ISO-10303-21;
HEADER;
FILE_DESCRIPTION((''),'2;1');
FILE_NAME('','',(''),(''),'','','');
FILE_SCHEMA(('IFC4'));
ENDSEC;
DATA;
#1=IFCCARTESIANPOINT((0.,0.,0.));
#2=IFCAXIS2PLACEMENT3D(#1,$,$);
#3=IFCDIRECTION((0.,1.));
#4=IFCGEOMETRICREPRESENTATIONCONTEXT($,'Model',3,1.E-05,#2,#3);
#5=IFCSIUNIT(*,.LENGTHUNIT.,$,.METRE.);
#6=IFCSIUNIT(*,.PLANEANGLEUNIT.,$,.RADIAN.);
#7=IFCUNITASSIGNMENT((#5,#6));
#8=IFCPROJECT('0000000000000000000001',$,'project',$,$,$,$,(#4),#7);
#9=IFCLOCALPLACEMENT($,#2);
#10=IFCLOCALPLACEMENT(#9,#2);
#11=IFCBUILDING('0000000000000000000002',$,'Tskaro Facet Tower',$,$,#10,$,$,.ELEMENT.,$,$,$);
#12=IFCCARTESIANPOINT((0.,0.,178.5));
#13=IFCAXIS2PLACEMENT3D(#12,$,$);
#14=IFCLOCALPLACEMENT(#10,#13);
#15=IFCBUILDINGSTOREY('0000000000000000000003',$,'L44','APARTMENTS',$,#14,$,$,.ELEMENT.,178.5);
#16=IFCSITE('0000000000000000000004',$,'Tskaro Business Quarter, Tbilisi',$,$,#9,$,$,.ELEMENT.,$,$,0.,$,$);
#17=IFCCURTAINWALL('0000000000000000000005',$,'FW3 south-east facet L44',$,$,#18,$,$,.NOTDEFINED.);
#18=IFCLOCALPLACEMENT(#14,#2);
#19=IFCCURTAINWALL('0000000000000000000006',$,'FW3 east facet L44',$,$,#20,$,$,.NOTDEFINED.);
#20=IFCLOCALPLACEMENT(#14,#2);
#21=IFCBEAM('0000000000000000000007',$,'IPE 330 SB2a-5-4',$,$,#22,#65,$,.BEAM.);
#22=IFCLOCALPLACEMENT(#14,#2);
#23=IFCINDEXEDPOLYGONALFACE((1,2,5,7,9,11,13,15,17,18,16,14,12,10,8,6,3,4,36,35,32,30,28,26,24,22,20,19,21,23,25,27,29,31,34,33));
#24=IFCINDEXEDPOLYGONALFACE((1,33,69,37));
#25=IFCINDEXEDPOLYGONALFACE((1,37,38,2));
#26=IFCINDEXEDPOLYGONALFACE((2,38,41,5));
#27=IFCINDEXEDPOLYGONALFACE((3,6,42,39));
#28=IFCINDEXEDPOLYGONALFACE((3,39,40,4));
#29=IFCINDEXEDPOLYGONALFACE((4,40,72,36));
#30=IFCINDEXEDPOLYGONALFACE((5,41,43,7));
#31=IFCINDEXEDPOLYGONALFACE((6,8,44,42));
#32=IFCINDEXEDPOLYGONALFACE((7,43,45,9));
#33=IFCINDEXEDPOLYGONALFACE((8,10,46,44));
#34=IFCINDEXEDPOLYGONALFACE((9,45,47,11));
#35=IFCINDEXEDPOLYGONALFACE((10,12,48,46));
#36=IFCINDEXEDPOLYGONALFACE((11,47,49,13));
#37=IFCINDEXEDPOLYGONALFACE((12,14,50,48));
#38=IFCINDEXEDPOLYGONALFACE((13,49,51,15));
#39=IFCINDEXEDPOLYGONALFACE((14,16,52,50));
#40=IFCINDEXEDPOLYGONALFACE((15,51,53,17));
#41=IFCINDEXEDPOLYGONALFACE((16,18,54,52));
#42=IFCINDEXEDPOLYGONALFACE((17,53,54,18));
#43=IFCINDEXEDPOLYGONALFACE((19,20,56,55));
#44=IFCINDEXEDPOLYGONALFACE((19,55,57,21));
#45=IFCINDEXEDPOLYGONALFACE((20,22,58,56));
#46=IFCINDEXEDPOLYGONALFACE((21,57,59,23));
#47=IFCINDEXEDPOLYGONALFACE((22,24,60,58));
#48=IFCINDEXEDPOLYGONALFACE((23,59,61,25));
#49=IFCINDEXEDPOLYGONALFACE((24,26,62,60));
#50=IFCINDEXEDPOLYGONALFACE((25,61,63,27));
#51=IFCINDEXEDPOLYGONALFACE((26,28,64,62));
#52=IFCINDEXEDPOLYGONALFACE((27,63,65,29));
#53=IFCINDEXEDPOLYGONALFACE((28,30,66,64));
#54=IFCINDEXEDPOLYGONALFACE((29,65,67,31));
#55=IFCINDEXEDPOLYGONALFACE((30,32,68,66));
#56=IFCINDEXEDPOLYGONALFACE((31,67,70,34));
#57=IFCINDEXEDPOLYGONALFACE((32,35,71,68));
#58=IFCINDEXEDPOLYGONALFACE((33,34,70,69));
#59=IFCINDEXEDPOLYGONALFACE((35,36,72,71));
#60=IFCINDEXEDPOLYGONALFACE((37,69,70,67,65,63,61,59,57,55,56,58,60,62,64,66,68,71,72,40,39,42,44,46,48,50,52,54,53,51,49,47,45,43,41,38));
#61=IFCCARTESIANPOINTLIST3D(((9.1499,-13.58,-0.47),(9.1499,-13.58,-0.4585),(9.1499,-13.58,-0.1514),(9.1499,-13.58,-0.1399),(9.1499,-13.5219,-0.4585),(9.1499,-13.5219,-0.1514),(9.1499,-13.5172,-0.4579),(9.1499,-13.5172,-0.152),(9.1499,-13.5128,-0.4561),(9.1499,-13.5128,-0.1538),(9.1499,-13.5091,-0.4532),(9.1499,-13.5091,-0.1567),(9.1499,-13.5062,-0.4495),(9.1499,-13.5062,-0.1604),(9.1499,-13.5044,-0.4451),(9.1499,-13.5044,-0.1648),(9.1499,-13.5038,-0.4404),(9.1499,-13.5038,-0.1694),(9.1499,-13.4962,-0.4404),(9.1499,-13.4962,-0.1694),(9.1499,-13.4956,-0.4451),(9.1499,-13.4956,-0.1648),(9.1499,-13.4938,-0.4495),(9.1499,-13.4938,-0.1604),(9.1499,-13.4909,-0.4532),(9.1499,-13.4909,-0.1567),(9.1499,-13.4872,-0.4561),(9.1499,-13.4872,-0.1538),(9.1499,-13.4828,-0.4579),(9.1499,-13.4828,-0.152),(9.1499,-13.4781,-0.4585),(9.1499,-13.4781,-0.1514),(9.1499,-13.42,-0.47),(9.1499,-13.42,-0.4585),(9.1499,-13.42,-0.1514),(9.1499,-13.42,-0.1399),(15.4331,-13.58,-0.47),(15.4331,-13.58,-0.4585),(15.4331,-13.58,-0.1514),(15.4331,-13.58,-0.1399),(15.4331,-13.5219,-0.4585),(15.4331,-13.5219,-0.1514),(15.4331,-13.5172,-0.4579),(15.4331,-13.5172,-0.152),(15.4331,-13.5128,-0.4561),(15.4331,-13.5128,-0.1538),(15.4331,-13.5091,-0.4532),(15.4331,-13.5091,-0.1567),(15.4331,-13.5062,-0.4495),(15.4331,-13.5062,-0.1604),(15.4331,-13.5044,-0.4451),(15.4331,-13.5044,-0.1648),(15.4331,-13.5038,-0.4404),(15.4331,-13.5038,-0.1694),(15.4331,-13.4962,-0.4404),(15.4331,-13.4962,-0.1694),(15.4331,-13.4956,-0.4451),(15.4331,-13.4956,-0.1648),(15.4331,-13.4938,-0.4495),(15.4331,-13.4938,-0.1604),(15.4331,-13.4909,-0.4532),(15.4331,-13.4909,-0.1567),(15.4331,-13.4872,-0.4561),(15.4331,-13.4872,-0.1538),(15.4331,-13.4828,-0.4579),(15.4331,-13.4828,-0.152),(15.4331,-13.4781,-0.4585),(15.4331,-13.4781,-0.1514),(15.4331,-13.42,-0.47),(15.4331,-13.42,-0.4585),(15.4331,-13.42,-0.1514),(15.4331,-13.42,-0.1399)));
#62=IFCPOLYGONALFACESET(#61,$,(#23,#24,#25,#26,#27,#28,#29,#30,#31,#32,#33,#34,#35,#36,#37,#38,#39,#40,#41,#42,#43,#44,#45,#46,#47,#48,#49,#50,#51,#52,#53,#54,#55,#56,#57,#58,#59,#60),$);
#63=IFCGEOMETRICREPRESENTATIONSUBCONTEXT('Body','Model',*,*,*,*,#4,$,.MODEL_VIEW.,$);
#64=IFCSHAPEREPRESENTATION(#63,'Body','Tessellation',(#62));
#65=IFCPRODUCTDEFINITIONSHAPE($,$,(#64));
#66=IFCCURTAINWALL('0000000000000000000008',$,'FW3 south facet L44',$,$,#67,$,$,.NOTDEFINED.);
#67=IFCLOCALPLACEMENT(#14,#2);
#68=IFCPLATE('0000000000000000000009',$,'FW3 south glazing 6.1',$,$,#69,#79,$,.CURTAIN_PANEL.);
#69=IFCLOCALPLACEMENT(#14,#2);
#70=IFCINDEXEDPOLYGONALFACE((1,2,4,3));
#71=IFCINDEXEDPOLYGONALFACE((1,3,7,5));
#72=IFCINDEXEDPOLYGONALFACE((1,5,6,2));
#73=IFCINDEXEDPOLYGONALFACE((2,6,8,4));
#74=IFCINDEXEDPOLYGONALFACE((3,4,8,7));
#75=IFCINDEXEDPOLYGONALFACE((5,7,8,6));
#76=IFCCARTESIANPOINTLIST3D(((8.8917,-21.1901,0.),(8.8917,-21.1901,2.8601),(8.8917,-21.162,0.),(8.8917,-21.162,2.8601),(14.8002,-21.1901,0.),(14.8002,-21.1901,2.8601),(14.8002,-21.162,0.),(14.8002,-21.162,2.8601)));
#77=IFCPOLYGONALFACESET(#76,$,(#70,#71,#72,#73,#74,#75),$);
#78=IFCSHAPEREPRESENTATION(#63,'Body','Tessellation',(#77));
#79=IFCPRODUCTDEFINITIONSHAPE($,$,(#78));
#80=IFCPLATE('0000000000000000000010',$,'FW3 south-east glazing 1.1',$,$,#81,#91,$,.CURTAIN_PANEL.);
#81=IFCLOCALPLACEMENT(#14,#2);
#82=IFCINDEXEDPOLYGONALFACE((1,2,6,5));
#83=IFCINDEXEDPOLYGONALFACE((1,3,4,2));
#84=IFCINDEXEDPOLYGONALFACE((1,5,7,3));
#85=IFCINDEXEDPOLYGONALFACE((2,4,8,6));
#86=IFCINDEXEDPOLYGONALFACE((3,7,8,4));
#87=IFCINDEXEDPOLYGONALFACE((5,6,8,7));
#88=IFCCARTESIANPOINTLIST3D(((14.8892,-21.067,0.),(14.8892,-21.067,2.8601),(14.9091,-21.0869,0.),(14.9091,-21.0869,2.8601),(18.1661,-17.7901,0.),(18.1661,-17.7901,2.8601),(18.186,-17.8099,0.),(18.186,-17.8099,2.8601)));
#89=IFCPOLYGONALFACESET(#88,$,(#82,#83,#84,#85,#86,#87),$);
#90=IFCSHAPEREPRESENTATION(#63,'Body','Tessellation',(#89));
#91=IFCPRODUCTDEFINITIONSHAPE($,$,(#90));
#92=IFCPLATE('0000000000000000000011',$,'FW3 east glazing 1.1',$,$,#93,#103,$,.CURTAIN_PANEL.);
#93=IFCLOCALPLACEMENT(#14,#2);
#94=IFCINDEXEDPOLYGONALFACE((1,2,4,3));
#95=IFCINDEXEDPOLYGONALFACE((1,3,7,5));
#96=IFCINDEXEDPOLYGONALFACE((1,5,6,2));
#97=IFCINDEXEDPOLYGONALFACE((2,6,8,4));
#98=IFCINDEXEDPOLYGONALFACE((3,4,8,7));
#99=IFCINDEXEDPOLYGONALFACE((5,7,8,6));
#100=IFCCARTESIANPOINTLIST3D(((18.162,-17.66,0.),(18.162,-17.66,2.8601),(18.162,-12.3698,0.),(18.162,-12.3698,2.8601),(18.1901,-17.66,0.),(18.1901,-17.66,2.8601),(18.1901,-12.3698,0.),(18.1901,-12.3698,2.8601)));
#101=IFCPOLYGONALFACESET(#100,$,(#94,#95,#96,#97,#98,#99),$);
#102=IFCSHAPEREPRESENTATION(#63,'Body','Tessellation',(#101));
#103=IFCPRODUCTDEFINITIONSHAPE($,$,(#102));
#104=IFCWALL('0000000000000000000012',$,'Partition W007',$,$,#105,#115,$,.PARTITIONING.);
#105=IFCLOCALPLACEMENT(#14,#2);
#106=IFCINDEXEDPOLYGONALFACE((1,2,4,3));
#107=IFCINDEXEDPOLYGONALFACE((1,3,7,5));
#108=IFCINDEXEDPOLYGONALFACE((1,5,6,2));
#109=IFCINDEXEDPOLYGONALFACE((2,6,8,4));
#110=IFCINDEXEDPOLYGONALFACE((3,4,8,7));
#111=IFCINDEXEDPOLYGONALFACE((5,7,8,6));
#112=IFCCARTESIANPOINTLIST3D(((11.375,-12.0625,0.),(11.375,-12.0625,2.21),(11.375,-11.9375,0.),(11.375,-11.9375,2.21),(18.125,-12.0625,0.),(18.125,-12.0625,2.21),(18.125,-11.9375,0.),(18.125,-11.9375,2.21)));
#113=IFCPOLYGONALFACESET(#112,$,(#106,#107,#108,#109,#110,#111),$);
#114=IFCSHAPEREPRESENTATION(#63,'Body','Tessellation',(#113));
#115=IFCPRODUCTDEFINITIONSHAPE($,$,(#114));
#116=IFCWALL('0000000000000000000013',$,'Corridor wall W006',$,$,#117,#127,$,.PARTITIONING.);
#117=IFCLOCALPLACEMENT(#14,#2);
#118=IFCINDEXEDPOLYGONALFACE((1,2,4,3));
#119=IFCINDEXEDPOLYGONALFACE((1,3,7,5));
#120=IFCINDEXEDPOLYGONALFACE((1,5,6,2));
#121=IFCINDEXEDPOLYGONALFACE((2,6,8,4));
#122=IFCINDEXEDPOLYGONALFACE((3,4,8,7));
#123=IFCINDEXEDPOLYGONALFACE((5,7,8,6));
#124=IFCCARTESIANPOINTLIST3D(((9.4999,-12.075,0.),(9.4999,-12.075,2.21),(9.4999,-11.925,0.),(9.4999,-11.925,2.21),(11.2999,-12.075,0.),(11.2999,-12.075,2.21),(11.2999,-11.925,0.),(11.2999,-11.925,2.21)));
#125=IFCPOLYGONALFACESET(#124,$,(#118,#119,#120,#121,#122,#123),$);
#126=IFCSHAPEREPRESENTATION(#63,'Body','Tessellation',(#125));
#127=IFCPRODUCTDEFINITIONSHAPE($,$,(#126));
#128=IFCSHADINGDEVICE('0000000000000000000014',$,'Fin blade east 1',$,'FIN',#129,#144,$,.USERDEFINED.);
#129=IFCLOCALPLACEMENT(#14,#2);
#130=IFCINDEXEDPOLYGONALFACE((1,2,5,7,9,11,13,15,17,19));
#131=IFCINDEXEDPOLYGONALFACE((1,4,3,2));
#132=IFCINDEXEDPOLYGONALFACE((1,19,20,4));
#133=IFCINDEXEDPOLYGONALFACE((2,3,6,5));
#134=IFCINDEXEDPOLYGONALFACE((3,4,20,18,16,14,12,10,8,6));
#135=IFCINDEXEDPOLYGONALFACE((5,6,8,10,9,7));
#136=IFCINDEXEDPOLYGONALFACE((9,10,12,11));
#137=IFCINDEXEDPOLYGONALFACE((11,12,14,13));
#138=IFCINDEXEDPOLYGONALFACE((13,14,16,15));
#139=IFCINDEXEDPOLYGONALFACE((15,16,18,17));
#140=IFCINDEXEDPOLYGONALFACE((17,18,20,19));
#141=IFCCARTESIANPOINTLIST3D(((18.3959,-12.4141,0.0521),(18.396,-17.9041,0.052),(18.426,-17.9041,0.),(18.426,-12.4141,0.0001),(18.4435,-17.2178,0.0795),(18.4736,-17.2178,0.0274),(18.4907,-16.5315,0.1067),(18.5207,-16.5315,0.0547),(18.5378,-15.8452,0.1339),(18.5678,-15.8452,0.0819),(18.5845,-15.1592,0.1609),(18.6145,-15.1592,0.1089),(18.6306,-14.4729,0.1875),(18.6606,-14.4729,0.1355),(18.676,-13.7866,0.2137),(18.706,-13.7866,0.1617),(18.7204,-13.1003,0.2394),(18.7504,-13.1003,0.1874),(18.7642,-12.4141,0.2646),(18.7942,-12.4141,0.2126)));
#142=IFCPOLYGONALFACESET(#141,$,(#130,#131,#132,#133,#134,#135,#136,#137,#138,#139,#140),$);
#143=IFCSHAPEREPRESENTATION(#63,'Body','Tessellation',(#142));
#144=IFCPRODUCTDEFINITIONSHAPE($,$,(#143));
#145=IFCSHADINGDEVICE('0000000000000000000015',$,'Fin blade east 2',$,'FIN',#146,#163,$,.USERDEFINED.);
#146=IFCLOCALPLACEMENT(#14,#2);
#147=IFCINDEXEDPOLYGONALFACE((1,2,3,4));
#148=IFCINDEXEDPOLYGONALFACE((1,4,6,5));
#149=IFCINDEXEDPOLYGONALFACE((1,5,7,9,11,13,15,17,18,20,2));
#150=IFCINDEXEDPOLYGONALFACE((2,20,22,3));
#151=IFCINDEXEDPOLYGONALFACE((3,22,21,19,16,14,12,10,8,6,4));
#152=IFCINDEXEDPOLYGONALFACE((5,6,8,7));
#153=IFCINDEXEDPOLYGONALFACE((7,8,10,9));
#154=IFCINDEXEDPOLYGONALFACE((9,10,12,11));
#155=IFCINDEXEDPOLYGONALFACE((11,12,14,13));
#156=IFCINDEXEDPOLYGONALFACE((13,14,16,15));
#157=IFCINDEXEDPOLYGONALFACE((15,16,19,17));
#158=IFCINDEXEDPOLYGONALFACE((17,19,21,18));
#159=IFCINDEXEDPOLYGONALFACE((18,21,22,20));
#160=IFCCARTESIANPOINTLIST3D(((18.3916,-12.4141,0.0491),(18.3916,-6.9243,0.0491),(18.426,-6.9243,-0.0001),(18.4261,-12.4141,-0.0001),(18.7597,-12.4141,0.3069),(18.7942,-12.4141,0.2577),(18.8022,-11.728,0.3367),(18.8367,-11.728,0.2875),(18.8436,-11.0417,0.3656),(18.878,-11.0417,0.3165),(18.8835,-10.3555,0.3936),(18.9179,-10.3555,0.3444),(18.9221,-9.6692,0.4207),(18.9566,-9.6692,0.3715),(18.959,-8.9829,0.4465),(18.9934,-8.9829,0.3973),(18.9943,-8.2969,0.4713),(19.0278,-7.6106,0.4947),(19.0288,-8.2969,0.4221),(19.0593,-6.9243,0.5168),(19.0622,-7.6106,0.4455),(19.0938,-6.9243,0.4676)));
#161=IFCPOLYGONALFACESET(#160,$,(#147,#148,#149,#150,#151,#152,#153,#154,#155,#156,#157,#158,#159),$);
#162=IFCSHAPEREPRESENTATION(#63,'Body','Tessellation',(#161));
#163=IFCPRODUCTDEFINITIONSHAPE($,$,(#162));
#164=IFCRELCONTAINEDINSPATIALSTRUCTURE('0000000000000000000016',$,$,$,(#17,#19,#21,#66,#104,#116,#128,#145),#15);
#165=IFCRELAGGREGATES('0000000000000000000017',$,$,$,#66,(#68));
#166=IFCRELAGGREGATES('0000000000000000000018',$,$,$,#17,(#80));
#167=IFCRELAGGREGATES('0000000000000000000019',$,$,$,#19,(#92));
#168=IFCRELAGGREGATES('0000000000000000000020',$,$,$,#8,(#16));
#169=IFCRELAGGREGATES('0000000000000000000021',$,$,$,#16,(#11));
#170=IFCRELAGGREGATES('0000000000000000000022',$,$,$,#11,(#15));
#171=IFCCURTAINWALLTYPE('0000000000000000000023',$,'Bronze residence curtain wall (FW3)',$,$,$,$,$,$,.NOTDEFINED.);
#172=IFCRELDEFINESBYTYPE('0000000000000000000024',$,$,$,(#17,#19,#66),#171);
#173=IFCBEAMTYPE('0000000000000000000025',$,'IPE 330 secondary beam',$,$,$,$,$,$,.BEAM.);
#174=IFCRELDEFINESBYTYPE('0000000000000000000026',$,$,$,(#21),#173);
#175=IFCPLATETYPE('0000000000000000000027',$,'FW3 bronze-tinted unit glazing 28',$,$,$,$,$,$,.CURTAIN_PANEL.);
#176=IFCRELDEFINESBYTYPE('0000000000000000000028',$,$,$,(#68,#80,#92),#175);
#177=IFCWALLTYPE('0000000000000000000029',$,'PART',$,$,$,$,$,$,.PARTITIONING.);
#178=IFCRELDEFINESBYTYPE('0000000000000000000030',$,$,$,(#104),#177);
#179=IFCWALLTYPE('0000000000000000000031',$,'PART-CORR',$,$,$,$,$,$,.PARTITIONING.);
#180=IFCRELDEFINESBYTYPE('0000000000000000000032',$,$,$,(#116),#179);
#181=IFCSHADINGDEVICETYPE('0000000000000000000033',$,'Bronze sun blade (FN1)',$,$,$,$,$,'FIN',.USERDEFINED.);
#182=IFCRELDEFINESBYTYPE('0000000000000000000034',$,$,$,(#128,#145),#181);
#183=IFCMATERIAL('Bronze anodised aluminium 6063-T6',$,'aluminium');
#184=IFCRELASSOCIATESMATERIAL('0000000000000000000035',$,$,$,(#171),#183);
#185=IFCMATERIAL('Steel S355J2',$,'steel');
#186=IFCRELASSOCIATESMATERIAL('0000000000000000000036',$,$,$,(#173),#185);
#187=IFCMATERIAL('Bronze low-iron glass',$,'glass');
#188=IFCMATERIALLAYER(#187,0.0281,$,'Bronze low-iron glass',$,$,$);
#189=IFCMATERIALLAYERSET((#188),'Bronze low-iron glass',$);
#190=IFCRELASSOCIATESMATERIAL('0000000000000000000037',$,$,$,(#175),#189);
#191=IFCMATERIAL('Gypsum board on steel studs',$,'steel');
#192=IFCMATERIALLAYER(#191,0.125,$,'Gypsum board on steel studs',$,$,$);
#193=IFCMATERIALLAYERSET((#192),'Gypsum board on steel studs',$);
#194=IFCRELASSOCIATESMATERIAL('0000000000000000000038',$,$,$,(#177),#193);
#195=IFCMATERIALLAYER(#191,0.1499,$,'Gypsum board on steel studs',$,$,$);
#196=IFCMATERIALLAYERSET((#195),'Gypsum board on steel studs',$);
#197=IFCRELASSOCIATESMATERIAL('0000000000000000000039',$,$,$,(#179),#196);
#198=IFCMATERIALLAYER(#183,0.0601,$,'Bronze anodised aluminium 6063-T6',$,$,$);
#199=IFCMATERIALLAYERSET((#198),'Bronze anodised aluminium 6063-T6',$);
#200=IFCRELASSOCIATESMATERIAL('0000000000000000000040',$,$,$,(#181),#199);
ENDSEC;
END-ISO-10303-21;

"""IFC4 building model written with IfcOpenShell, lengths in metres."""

from ifc_helpers import new_model, si_unit, direction, frame, frame_2d, origin, origin_2d, place, context, subcontext, project, spatial, polyline, rectangle, i_section, outline, extrude, material, layer, layer_set, material_profile, profile_set, type_object, element, aggregate, save


model = new_model("IFC4")

# Units and contexts
model_context = context("Model", 3, precision=1e-05, world=origin(), true_north=direction((0.0, 1.0)))
body_context = subcontext(model_context, "Body", "Model", "MODEL_VIEW")
ifc_project = project(units=[si_unit("LENGTHUNIT", "METRE"), si_unit("PLANEANGLEUNIT", "RADIAN")], contexts=[model_context])

# Site, building, storey
site_placement = place(None, origin())
site = spatial("IfcSite", under=ifc_project, at=site_placement, Name="Tskaro Business Quarter, Tbilisi", CompositionType="ELEMENT", RefElevation=0.0)
building_placement = place(site_placement, origin())
building = spatial("IfcBuilding", under=site, at=building_placement, Name="Tskaro Facet Tower", CompositionType="ELEMENT")
storey_placement = place(building_placement, frame((0.0, 0.0, 178.5)))
storey = spatial("IfcBuildingStorey", under=building, at=storey_placement, Name="L44", Description="APARTMENTS", CompositionType="ELEMENT", Elevation=178.5)

# Curtain wall
ifc_material_1 = material(Name="Bronze anodised aluminium 6063-T6", Category="aluminium")
curtain_wall_type = type_object("IfcCurtainWallType", Name="Bronze residence curtain wall (FW3)", PredefinedType="NOTDEFINED", material=ifc_material_1)
curtain_wall_1_placement = place(storey_placement, origin())
curtain_wall_1 = element("IfcCurtainWall", 1, at=curtain_wall_1_placement, inside=storey, type_object=curtain_wall_type, Name="FW3 south-east facet L44", PredefinedType="NOTDEFINED")

# Curtain wall
curtain_wall_2_placement = place(storey_placement, origin())
curtain_wall_2 = element("IfcCurtainWall", 2, at=curtain_wall_2_placement, inside=storey, type_object=curtain_wall_type, Name="FW3 east facet L44", PredefinedType="NOTDEFINED")

# Beam
ifc_material_2 = material(Name="Steel S355J2", Category="steel")
ifc_material_profile_1 = material_profile(ifc_material_2, i_section(OverallWidth=0.1599, OverallDepth=0.3301, WebThickness=0.0076, FlangeThickness=0.0115, FilletRadius=0.0181, at=origin_2d()), Name="IPE 330")
ifc_profile_set_1 = profile_set([ifc_material_profile_1], Name="Steel S355J2")
beam_type_1 = type_object("IfcBeamType", Name="IPE 330 secondary beam", PredefinedType="BEAM", material=ifc_profile_set_1)
beam_1_placement = place(storey_placement, frame((9.1499, -13.5, -0.3049), z_axis=(1.0, 0.0, 0.0), x_axis=(0.0, 1.0, 0.0)))
element("IfcBeam", 3, at=beam_1_placement, inside=storey, type_object=beam_type_1, Name="IPE 330 SB2a-5-4", PredefinedType="BEAM", context=body_context, shape_type="SweptSolid", body=[
    extrude(i_section(OverallWidth=0.1599, OverallDepth=0.3301, WebThickness=0.0076, FlangeThickness=0.0115, FilletRadius=0.0181, at=origin_2d()), origin(), (0.0, 0.0, 1.0), 6.2832),
])

# Curtain wall, plate
curtain_wall_3_placement = place(storey_placement, origin())
curtain_wall_3 = element("IfcCurtainWall", 4, at=curtain_wall_3_placement, inside=storey, type_object=curtain_wall_type, Name="FW3 south facet L44", PredefinedType="NOTDEFINED")
ifc_material_3 = material(Name="Bronze low-iron glass", Category="glass")
ifc_layer_1 = layer(ifc_material_3, 0.0281, Name="Bronze low-iron glass")
ifc_layer_set_1 = layer_set([ifc_layer_1], Name="Bronze low-iron glass")
plate_type = type_object("IfcPlateType", Name="FW3 bronze-tinted unit glazing 28", PredefinedType="CURTAIN_PANEL", material=ifc_layer_set_1)
plate_1_placement = place(storey_placement, frame((11.8459, -21.176, 0.0), z_axis=(0.0, 0.0, 1.0), x_axis=(1.0, 0.0, 0.0)))
plate_1 = element("IfcPlate", 5, at=plate_1_placement, type_object=plate_type, Name="FW3 south glazing 6.1", PredefinedType="CURTAIN_PANEL", context=body_context, shape_type="SweptSolid", body=[
    extrude(rectangle(XDim=5.9084, YDim=0.0281, at=origin_2d()), origin(), (0.0, 0.0, 1.0), 2.8601),
])
aggregate(curtain_wall_3, [plate_1])

# Plates
plate_2_placement = place(storey_placement, frame((16.5376, -19.4385, 0.0), z_axis=(0.0, 0.0, 1.0), x_axis=(0.707107, 0.707107, 0.0)))
plate_2 = element("IfcPlate", 6, at=plate_2_placement, type_object=plate_type, Name="FW3 south-east glazing 1.1", PredefinedType="CURTAIN_PANEL", context=body_context, shape_type="SweptSolid", body=[
    extrude(rectangle(XDim=4.6343, YDim=0.0281, at=origin_2d()), origin(), (0.0, 0.0, 1.0), 2.8601),
])
aggregate(curtain_wall_1, [plate_2])
plate_3_placement = place(storey_placement, frame((18.176, -15.0149, 0.0), z_axis=(0.0, 0.0, 1.0), x_axis=(0.0, 1.0, 0.0)))
plate_3 = element("IfcPlate", 7, at=plate_3_placement, type_object=plate_type, Name="FW3 east glazing 1.1", PredefinedType="CURTAIN_PANEL", context=body_context, shape_type="SweptSolid", body=[
    extrude(rectangle(XDim=5.2903, YDim=0.0281, at=origin_2d()), origin(), (0.0, 0.0, 1.0), 2.8601),
])
aggregate(curtain_wall_2, [plate_3])

# Walls
ifc_material_4 = material(Name="Gypsum board on steel studs", Category="steel")
ifc_layer_2 = layer(ifc_material_4, 0.125, Name="Gypsum board on steel studs")
ifc_layer_set_2 = layer_set([ifc_layer_2], Name="Gypsum board on steel studs")
wall_type_1 = type_object("IfcWallType", Name="PART", PredefinedType="PARTITIONING", material=ifc_layer_set_2)
wall_1_placement = place(storey_placement, frame((11.375, -12.0, 0.0), z_axis=(0.0, 0.0, 1.0), x_axis=(1.0, 0.0, 0.0)))
element("IfcWall", 8, at=wall_1_placement, inside=storey, type_object=wall_type_1, Name="Partition W007", PredefinedType="PARTITIONING", context=body_context, shape_type="SweptSolid", body=[
    extrude(rectangle(XDim=6.75, YDim=0.125, at=frame_2d((3.375, 0.0))), origin(), (0.0, 0.0, 1.0), 2.21),
])
ifc_layer_3 = layer(ifc_material_4, 0.1499, Name="Gypsum board on steel studs")
ifc_layer_set_3 = layer_set([ifc_layer_3], Name="Gypsum board on steel studs")
wall_type_2 = type_object("IfcWallType", Name="PART-CORR", PredefinedType="PARTITIONING", material=ifc_layer_set_3)
wall_2_placement = place(storey_placement, frame((9.5, -12.0, 0.0), z_axis=(0.0, 0.0, 1.0), x_axis=(1.0, 0.0, 0.0)))
element("IfcWall", 9, at=wall_2_placement, inside=storey, type_object=wall_type_2, Name="Corridor wall W006", PredefinedType="PARTITIONING", context=body_context, shape_type="SweptSolid", body=[
    extrude(rectangle(XDim=1.8, YDim=0.1499, at=frame_2d((0.8999, 0.0))), origin(), (0.0, 0.0, 1.0), 2.21),
])

# Shading devices
ifc_layer_4 = layer(ifc_material_1, 0.0601, Name="Bronze anodised aluminium 6063-T6")
ifc_layer_set_4 = layer_set([ifc_layer_4], Name="Bronze anodised aluminium 6063-T6")
shading_device_type = type_object("IfcShadingDeviceType", Name="Bronze sun blade (FN1)", ElementType="FIN", PredefinedType="USERDEFINED", material=ifc_layer_set_4)
shading_device_1_placement = place(storey_placement, frame((18.396, -17.9041, 0.052), z_axis=(-0.499902, -0.000022, 0.866082), x_axis=(-0.000011, 1.0, 0.000019)))
element("IfcShadingDevice", 10, at=shading_device_1_placement, inside=storey, type_object=shading_device_type, Name="Fin blade east 1", ObjectType="FIN", PredefinedType="USERDEFINED", context=body_context, shape_type="SweptSolid", body=[
    extrude(outline(polyline([(0.0, 0.0), (5.49, 0.0), (5.49, -0.4252), (4.8037, -0.3746), (4.1174, -0.3233), (3.4312, -0.2709), (2.7449, -0.2177), (2.0588, -0.1637), (1.3726, -0.1094), (0.6863, -0.0549), (0.0, 0.0)])), origin(), (0.0, 0.0, -1.0), 0.0601),
])
shading_device_2_placement = place(storey_placement, frame((18.3916, -12.4141, 0.0491), z_axis=(-0.573684, -0.000012, 0.819077), x_axis=(-0.000007, 1.0, 0.00001)))
element("IfcShadingDevice", 11, at=shading_device_2_placement, inside=storey, type_object=shading_device_type, Name="Fin blade east 2", ObjectType="FIN", PredefinedType="USERDEFINED", context=body_context, shape_type="SweptSolid", body=[
    extrude(outline(polyline([(0.0, 0.0), (5.4897, 0.0), (5.4897, -0.8153), (4.8035, -0.7767), (4.1172, -0.7359), (3.4312, -0.6927), (2.7449, -0.6477), (2.0586, -0.6006), (1.3723, -0.5518), (0.686, -0.5013), (0.0, -0.4495), (0.0, 0.0)])), origin(), (0.0, 0.0, -1.0), 0.0601),
])

save(model, "model.ifc")
